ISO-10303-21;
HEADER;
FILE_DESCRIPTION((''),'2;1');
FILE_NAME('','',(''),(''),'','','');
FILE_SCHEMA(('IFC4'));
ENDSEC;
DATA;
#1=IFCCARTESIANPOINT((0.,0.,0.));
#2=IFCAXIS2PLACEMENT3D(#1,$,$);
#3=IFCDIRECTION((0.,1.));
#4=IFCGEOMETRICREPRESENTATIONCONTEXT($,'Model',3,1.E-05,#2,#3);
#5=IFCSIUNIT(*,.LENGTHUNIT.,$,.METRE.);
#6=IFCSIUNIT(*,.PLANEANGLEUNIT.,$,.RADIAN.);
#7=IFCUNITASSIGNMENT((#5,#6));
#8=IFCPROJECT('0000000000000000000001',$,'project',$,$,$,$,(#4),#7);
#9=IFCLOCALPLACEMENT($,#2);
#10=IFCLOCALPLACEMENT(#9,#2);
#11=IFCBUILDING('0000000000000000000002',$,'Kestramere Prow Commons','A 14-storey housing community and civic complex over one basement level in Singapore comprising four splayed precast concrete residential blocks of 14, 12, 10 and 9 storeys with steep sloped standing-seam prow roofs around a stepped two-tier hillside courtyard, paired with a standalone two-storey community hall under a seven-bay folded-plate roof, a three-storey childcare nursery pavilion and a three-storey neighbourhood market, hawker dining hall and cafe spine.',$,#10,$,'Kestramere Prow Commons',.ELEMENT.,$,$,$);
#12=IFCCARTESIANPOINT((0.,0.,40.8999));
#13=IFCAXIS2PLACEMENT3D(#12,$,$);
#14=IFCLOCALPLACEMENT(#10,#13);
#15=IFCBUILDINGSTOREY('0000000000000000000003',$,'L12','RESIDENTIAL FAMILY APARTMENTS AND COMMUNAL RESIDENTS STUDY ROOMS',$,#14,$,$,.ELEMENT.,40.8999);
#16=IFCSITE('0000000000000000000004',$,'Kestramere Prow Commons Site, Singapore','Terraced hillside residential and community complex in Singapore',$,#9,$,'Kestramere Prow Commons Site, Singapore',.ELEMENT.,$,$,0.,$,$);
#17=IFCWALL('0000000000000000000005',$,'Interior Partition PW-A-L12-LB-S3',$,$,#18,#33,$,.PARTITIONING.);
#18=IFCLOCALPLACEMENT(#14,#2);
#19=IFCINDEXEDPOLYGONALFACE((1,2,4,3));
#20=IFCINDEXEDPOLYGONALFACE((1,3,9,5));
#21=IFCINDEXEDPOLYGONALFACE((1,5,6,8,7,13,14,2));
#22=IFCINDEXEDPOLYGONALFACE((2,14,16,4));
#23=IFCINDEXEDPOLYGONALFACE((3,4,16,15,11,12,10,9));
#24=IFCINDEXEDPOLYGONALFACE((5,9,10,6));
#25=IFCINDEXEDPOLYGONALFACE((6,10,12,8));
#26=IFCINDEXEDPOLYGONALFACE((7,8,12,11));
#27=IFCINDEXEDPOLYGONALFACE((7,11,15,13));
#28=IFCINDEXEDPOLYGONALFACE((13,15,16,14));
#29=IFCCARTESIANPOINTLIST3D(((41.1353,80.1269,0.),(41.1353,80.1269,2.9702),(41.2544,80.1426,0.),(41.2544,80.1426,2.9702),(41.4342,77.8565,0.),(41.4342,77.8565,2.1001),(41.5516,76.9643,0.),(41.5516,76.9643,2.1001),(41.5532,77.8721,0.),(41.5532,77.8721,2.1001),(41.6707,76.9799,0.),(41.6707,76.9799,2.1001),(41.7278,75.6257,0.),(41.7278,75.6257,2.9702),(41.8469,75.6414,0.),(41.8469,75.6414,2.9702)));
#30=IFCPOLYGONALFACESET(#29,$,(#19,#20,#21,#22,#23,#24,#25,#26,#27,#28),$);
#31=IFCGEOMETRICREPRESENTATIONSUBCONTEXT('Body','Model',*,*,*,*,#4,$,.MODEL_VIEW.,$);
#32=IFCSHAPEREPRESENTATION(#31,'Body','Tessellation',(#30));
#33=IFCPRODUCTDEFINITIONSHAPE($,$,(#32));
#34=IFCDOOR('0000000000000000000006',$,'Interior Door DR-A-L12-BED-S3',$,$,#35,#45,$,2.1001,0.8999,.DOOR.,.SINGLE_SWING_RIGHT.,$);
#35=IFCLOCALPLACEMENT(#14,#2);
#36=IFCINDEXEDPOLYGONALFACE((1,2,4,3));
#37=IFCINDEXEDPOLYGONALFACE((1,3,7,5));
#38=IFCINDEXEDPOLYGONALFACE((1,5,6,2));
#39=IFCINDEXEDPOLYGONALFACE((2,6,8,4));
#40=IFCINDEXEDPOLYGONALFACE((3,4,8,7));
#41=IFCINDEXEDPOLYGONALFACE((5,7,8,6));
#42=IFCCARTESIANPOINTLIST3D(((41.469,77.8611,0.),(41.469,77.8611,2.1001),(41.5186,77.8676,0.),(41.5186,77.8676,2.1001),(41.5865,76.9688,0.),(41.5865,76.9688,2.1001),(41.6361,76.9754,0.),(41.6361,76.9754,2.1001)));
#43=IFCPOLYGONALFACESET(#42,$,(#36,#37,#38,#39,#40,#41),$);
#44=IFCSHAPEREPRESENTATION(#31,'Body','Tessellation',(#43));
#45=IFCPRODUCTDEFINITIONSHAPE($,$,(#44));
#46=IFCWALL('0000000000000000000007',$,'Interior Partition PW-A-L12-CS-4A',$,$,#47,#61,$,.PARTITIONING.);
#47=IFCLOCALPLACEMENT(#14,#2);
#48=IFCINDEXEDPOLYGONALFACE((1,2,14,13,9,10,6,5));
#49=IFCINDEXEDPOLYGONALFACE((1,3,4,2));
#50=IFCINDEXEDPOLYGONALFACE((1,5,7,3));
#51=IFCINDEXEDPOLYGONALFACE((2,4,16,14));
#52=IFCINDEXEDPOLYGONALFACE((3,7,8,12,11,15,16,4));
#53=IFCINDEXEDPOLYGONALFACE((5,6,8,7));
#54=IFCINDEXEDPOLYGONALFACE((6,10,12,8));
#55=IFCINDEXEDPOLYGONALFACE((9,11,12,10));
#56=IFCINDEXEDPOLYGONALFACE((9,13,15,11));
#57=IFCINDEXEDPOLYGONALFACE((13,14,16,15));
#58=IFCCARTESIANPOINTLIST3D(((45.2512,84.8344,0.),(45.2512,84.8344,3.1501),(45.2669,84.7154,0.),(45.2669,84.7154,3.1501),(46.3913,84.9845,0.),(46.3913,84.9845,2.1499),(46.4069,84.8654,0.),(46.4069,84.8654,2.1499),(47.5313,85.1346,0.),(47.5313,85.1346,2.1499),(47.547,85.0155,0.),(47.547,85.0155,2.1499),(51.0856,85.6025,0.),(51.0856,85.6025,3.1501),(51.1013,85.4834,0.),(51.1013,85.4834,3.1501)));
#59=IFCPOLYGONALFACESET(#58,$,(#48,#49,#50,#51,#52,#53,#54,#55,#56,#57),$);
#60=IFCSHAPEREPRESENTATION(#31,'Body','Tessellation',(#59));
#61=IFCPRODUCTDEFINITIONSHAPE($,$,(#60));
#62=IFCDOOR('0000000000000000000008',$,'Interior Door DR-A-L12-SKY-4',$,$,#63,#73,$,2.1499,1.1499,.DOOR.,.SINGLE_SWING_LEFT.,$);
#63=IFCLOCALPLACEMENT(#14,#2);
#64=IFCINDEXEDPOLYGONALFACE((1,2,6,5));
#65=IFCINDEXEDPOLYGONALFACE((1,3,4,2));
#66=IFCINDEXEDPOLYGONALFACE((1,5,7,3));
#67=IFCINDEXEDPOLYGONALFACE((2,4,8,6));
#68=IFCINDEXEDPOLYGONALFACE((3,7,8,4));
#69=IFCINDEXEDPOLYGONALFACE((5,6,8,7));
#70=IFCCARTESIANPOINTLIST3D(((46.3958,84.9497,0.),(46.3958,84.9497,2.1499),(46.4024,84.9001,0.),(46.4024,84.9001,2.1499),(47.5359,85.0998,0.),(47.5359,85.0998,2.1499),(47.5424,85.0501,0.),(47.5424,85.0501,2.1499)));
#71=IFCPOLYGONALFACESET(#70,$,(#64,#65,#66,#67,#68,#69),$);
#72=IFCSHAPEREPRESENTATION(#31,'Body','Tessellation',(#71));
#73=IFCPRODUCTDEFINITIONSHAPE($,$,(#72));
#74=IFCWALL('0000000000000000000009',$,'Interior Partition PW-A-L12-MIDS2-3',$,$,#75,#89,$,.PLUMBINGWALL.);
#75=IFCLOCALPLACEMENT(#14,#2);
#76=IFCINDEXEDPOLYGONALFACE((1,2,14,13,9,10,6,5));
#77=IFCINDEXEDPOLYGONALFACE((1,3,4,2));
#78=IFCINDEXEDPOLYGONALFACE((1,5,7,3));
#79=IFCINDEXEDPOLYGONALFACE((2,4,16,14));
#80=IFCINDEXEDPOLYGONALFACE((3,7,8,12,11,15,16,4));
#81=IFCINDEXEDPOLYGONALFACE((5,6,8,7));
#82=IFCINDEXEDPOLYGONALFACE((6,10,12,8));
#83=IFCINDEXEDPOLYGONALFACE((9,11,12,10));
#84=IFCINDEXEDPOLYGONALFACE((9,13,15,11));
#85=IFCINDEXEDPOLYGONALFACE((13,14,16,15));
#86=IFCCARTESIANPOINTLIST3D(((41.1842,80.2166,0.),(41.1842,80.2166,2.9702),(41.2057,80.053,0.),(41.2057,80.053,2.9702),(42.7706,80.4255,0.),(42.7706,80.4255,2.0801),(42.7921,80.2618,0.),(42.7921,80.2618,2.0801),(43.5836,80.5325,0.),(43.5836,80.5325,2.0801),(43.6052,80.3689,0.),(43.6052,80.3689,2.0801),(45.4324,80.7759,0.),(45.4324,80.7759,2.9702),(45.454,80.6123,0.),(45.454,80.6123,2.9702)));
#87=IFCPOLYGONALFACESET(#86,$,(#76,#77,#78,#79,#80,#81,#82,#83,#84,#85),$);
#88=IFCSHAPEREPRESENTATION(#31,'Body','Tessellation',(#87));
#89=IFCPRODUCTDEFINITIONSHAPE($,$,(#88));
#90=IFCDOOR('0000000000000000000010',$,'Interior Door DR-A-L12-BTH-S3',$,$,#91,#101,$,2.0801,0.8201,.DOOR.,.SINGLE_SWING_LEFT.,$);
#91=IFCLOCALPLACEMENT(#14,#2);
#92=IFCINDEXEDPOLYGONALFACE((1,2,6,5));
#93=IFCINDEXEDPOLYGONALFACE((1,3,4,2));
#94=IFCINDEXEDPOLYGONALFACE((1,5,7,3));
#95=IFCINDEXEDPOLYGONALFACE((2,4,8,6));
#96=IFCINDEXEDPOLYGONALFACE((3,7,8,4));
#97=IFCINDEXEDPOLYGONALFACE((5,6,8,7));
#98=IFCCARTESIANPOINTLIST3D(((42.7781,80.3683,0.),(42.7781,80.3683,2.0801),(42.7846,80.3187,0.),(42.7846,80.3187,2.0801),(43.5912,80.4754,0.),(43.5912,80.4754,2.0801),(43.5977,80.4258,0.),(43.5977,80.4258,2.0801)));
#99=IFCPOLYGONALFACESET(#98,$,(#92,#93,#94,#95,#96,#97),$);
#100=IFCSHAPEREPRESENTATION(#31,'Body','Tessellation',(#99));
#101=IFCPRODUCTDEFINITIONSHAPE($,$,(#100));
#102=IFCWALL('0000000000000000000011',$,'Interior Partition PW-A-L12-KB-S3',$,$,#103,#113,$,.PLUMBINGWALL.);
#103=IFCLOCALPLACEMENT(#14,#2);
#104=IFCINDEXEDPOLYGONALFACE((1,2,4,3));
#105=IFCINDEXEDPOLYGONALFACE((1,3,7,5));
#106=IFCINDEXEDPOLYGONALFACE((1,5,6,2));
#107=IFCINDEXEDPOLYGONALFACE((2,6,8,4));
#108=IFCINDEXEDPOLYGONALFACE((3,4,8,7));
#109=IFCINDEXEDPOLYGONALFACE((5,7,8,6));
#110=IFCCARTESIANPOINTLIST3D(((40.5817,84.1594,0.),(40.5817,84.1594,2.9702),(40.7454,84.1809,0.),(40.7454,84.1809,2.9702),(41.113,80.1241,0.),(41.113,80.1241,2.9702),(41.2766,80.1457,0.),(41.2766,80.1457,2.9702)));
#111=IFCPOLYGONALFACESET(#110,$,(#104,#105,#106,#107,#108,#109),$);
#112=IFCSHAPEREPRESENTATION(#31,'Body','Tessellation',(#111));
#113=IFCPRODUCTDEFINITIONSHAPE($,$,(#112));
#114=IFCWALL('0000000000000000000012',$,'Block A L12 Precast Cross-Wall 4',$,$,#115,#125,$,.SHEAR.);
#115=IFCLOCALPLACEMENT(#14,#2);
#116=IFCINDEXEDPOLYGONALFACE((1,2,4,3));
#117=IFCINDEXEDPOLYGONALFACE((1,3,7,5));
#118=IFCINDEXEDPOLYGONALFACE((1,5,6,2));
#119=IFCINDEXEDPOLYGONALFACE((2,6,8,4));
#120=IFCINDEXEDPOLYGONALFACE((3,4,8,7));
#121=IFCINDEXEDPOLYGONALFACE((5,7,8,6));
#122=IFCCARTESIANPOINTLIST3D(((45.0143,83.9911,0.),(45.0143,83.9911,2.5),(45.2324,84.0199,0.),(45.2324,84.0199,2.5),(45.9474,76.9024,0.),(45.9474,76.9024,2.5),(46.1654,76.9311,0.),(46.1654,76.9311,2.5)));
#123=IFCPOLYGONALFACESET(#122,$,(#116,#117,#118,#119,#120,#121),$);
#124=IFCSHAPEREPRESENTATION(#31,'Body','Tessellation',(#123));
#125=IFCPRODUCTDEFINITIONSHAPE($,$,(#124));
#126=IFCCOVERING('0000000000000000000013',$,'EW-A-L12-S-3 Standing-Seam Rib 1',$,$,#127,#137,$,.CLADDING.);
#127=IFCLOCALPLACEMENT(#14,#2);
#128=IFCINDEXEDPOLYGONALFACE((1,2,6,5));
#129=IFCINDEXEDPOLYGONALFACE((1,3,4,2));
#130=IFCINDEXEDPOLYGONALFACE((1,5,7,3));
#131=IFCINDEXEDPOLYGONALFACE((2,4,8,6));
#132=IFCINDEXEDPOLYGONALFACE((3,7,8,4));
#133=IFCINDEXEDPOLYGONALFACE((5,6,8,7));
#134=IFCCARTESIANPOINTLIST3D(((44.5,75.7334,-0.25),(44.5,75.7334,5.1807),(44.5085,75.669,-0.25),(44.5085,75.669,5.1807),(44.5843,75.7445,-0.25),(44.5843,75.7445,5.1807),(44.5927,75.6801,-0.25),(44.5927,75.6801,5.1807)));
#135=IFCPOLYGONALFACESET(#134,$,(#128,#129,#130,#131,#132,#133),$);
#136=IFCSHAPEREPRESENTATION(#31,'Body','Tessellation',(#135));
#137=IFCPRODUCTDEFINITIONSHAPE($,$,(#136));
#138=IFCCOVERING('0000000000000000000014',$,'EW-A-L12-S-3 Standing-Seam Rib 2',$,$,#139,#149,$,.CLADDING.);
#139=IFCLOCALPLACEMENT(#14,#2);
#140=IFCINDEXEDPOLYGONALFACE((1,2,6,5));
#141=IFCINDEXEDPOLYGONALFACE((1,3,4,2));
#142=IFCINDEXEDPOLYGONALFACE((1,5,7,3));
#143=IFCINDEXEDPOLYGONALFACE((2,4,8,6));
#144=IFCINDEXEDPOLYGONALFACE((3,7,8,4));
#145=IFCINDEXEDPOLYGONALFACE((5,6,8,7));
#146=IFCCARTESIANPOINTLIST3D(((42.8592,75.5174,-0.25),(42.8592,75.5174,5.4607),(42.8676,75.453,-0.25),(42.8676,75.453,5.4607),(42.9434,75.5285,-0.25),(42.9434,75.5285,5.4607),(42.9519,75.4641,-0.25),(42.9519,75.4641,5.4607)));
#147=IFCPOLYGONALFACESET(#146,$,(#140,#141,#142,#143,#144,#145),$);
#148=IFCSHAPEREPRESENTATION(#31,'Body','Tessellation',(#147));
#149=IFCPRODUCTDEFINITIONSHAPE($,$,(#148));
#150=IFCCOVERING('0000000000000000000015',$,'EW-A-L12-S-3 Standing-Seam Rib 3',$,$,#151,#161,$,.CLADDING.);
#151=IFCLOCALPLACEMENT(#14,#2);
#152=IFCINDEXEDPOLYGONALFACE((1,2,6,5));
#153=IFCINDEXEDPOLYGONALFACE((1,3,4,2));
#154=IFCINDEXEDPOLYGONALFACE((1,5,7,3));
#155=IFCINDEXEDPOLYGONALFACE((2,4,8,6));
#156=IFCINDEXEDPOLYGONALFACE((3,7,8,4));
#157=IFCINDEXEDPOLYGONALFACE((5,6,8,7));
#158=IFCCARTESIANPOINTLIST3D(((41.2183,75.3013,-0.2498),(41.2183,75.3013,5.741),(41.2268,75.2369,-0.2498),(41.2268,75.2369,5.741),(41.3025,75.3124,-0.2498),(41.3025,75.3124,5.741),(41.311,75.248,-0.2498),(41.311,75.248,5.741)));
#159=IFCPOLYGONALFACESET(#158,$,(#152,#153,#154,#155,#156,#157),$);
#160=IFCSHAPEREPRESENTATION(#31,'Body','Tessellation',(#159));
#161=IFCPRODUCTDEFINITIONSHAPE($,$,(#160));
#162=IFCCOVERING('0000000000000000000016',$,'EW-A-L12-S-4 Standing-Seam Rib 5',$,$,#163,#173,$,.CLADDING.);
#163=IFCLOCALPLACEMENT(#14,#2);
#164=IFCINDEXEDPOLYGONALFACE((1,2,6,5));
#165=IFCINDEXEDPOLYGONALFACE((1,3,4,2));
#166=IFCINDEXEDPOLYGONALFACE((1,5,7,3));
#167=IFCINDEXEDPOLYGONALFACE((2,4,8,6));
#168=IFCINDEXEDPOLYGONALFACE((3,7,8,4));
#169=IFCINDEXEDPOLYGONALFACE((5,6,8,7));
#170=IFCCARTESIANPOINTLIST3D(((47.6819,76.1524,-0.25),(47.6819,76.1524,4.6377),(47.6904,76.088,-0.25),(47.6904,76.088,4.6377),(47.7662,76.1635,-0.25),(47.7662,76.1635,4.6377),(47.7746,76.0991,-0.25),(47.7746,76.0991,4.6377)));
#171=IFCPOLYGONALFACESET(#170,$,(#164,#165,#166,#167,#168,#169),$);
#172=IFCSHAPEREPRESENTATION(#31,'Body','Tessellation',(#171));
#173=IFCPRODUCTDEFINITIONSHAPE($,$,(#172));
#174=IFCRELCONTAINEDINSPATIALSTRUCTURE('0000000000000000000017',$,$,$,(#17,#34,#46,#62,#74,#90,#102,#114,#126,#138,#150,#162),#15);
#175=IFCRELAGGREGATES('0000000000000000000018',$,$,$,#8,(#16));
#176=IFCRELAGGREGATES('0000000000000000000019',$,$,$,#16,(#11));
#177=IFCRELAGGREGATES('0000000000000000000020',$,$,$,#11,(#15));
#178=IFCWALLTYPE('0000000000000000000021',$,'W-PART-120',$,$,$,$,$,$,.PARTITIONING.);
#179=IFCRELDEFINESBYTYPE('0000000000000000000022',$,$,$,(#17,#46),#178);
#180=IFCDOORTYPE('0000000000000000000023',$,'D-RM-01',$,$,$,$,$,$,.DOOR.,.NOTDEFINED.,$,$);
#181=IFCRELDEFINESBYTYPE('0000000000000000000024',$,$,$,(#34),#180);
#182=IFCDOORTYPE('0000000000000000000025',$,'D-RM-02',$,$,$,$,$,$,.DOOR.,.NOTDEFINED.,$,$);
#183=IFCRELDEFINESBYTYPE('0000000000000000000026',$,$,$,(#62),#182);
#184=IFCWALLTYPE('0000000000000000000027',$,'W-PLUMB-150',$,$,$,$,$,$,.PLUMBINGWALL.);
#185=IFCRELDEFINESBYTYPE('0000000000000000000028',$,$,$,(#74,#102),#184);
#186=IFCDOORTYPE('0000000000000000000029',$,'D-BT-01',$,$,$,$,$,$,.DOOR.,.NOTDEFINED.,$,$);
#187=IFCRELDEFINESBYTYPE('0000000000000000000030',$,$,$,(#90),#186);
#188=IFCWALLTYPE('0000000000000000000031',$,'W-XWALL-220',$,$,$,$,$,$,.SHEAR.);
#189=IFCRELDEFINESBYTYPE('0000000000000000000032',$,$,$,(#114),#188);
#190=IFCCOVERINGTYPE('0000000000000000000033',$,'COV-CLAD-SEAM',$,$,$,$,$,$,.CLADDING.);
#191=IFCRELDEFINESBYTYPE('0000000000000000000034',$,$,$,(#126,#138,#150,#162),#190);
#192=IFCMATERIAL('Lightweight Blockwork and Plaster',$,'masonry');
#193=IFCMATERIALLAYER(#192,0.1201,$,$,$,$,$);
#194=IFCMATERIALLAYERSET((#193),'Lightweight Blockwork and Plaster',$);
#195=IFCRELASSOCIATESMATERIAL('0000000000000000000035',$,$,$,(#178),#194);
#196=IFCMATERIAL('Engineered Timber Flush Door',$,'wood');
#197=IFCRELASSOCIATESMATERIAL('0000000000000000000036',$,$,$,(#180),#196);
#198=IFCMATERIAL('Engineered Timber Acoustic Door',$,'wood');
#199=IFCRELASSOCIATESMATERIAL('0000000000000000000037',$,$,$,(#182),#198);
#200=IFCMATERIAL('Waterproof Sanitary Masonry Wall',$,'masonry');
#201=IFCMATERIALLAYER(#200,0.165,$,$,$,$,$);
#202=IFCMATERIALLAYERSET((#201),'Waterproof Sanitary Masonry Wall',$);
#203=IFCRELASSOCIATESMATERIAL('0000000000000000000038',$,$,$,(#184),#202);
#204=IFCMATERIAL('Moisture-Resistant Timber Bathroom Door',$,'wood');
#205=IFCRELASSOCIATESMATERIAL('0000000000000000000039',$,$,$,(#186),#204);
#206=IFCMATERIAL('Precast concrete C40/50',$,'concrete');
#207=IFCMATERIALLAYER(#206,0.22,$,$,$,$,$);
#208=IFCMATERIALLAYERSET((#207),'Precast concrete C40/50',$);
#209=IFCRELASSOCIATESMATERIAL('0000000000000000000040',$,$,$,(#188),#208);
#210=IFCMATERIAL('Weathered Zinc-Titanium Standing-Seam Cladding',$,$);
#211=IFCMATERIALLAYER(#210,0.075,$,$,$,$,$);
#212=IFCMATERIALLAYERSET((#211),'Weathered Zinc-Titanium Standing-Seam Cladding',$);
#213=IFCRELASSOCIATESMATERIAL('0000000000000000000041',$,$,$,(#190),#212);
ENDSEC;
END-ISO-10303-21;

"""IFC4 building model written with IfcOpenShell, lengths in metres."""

from ifc_helpers import new_model, si_unit, direction, frame, frame_2d, origin, origin_2d, place, context, subcontext, project, spatial, rectangle, extrude, material, layer, layer_set, type_object, element, fill, save


model = new_model("IFC4")

# Units and contexts
model_context = context("Model", 3, precision=1e-05, world=origin(), true_north=direction((0.0, 1.0)))
body_context = subcontext(model_context, "Body", "Model", "MODEL_VIEW")
ifc_project = project(units=[si_unit("LENGTHUNIT", "METRE"), si_unit("PLANEANGLEUNIT", "RADIAN")], contexts=[model_context])

# Site, building, storey
site_placement = place(None, origin())
site = spatial("IfcSite", under=ifc_project, at=site_placement, Name="Kestramere Prow Commons Site, Singapore", Description="Terraced hillside residential and community complex in Singapore", LongName="Kestramere Prow Commons Site, Singapore", CompositionType="ELEMENT", RefElevation=0.0)
building_placement = place(site_placement, origin())
building = spatial("IfcBuilding", under=site, at=building_placement, Name="Kestramere Prow Commons", Description="A 14-storey housing community and civic complex over one basement level in Singapore comprising four splayed precast concrete residential blocks of 14, 12, 10 and 9 storeys with steep sloped standing-seam prow roofs around a stepped two-tier hillside courtyard, paired with a standalone two-storey community hall under a seven-bay folded-plate roof, a three-storey childcare nursery pavilion and a three-storey neighbourhood market, hawker dining hall and cafe spine.", LongName="Kestramere Prow Commons", CompositionType="ELEMENT")
storey_placement = place(building_placement, frame((0.0, 0.0, 40.8999)))
storey = spatial("IfcBuildingStorey", under=building, at=storey_placement, Name="L12", Description="RESIDENTIAL FAMILY APARTMENTS AND COMMUNAL RESIDENTS STUDY ROOMS", CompositionType="ELEMENT", Elevation=40.8999)

# Shared definitions
ifc_material_1 = material(Name="Precast concrete C40/50", Category="concrete")

# Walls, openings, doors
ifc_material_2 = material(Name="Lightweight Blockwork and Plaster", Category="masonry")
ifc_layer_1 = layer(ifc_material_2, 0.1201)
ifc_layer_set_1 = layer_set([ifc_layer_1], Name="Lightweight Blockwork and Plaster")
wall_type_1 = type_object("IfcWallType", Name="W-PART-120", PredefinedType="PARTITIONING", material=ifc_layer_set_1)
wall_1_placement = place(storey_placement, frame((41.7874, 75.6335, 0.0), z_axis=(0.0, 0.0, 1.0), x_axis=(-0.130512, 0.991447, 0.0)))
wall_1 = element("IfcWall", 1, at=wall_1_placement, inside=storey, type_object=wall_type_1, Name="Interior Partition PW-A-L12-LB-S3", PredefinedType="PARTITIONING", context=body_context, shape_type="SweptSolid", body=[
    extrude(rectangle(XDim=4.54, YDim=0.1201, at=frame_2d((2.27, 0.0))), origin(), (0.0, 0.0, 1.0), 2.9702),
])
opening_1_placement = place(wall_1_placement, frame((1.3501, 0.0, 0.0)))
opening_1 = element("IfcOpeningElement", 2, at=opening_1_placement, cuts=wall_1, PredefinedType="OPENING", context=body_context, shape_type="SweptSolid", body=[
    extrude(rectangle(XDim=0.8999, YDim=2.1001, at=frame_2d((0.45, 1.05))), frame((0.0, 0.075, 0.0), z_axis=(0.0, -1.0, 0.0), x_axis=(1.0, 0.0, 0.0)), (0.0, 0.0, 1.0), 0.1501),
])
ifc_material_3 = material(Name="Engineered Timber Flush Door", Category="wood")
door_type_1 = type_object("IfcDoorType", Name="D-RM-01", OperationType="NOTDEFINED", PredefinedType="DOOR", material=ifc_material_3)
door_1_placement = place(opening_1_placement, origin())
door_1 = element("IfcDoor", 3, at=door_1_placement, inside=storey, type_object=door_type_1, Name="Interior Door DR-A-L12-BED-S3", OperationType="SINGLE_SWING_RIGHT", OverallHeight=2.1001, OverallWidth=0.8999, PredefinedType="DOOR", context=body_context, shape_type="SweptSolid", body=[
    extrude(rectangle(XDim=0.8999, YDim=2.1001, at=frame_2d((0.45, 1.05))), frame((0.0, 0.0249, 0.0), z_axis=(0.0, -1.0, 0.0), x_axis=(1.0, 0.0, 0.0)), (0.0, 0.0, 1.0), 0.05),
])
fill(opening_1, door_1)
wall_2_placement = place(storey_placement, frame((45.259, 84.7749, 0.0), z_axis=(0.0, 0.0, 1.0), x_axis=(0.991446, 0.130517, 0.0)))
wall_2 = element("IfcWall", 4, at=wall_2_placement, inside=storey, type_object=wall_type_1, Name="Interior Partition PW-A-L12-CS-4A", PredefinedType="PARTITIONING", context=body_context, shape_type="SweptSolid", body=[
    extrude(rectangle(XDim=5.8848, YDim=0.1201, at=frame_2d((2.9424, 0.0))), origin(), (0.0, 0.0, 1.0), 3.1501),
])
opening_2_placement = place(wall_2_placement, frame((1.1499, 0.0, 0.0)))
opening_2 = element("IfcOpeningElement", 5, at=opening_2_placement, cuts=wall_2, PredefinedType="OPENING", context=body_context, shape_type="SweptSolid", body=[
    extrude(rectangle(XDim=1.1499, YDim=2.1499, at=frame_2d((0.575, 1.075))), frame((0.0, 0.075, 0.0), z_axis=(0.0, -1.0, 0.0), x_axis=(1.0, 0.0, 0.0)), (0.0, 0.0, 1.0), 0.1501),
])
ifc_material_4 = material(Name="Engineered Timber Acoustic Door", Category="wood")
door_type_2 = type_object("IfcDoorType", Name="D-RM-02", OperationType="NOTDEFINED", PredefinedType="DOOR", material=ifc_material_4)
door_2_placement = place(opening_2_placement, origin())
door_2 = element("IfcDoor", 6, at=door_2_placement, inside=storey, type_object=door_type_2, Name="Interior Door DR-A-L12-SKY-4", OperationType="SINGLE_SWING_LEFT", OverallHeight=2.1499, OverallWidth=1.1499, PredefinedType="DOOR", context=body_context, shape_type="SweptSolid", body=[
    extrude(rectangle(XDim=1.1499, YDim=2.1499, at=frame_2d((0.575, 1.075))), frame((0.0, 0.0249, 0.0), z_axis=(0.0, -1.0, 0.0), x_axis=(1.0, 0.0, 0.0)), (0.0, 0.0, 1.0), 0.05),
])
fill(opening_2, door_2)
ifc_material_5 = material(Name="Waterproof Sanitary Masonry Wall", Category="masonry")
ifc_layer_2 = layer(ifc_material_5, 0.165)
ifc_layer_set_2 = layer_set([ifc_layer_2], Name="Waterproof Sanitary Masonry Wall")
wall_type_2 = type_object("IfcWallType", Name="W-PLUMB-150", PredefinedType="PLUMBINGWALL", material=ifc_layer_set_2)
wall_3_placement = place(storey_placement, frame((41.1948, 80.1348, 0.0), z_axis=(0.0, 0.0, 1.0), x_axis=(0.991444, 0.130533, 0.0)))
wall_3 = element("IfcWall", 7, at=wall_3_placement, inside=storey, type_object=wall_type_2, Name="Interior Partition PW-A-L12-MIDS2-3", PredefinedType="PLUMBINGWALL", context=body_context, shape_type="SweptSolid", body=[
    extrude(rectangle(XDim=4.2849, YDim=0.165, at=frame_2d((2.1426, 0.0))), origin(), (0.0, 0.0, 1.0), 2.9702),
])
opening_3_placement = place(wall_3_placement, frame((1.6001, 0.0, 0.0)))
opening_3 = element("IfcOpeningElement", 8, at=opening_3_placement, cuts=wall_3, PredefinedType="OPENING", context=body_context, shape_type="SweptSolid", body=[
    extrude(rectangle(XDim=0.8201, YDim=2.0801, at=frame_2d((0.4102, 1.04))), frame((0.0, 0.0974, 0.0), z_axis=(0.0, -1.0, 0.0), x_axis=(1.0, 0.0, 0.0)), (0.0, 0.0, 1.0), 0.1951),
])
ifc_material_6 = material(Name="Moisture-Resistant Timber Bathroom Door", Category="wood")
door_type_3 = type_object("IfcDoorType", Name="D-BT-01", OperationType="NOTDEFINED", PredefinedType="DOOR", material=ifc_material_6)
door_3_placement = place(opening_3_placement, origin())
door_3 = element("IfcDoor", 9, at=door_3_placement, inside=storey, type_object=door_type_3, Name="Interior Door DR-A-L12-BTH-S3", OperationType="SINGLE_SWING_LEFT", OverallHeight=2.0801, OverallWidth=0.8201, PredefinedType="DOOR", context=body_context, shape_type="SweptSolid", body=[
    extrude(rectangle(XDim=0.8201, YDim=2.0801, at=frame_2d((0.4102, 1.04))), frame((0.0, 0.0249, 0.0), z_axis=(0.0, -1.0, 0.0), x_axis=(1.0, 0.0, 0.0)), (0.0, 0.0, 1.0), 0.05),
])
fill(opening_3, door_3)

# Walls
wall_4_placement = place(storey_placement, frame((41.1948, 80.1348, 0.0), z_axis=(0.0, 0.0, 1.0), x_axis=(-0.130529, 0.991444, 0.0)))
element("IfcWall", 10, at=wall_4_placement, inside=storey, type_object=wall_type_2, Name="Interior Partition PW-A-L12-KB-S3", PredefinedType="PLUMBINGWALL", context=body_context, shape_type="SweptSolid", body=[
    extrude(rectangle(XDim=4.0701, YDim=0.165, at=frame_2d((2.0352, 0.0))), origin(), (0.0, 0.0, 1.0), 2.9702),
])
ifc_layer_3 = layer(ifc_material_1, 0.22)
ifc_layer_set_3 = layer_set([ifc_layer_3], Name="Precast concrete C40/50")
wall_type_3 = type_object("IfcWallType", Name="W-XWALL-220", PredefinedType="SHEAR", material=ifc_layer_set_3)
wall_5_placement = place(storey_placement, frame((46.0564, 76.9167, 0.0), z_axis=(0.0, 0.0, 1.0), x_axis=(-0.130504, 0.991448, 0.0)))
element("IfcWall", 11, at=wall_5_placement, inside=storey, type_object=wall_type_3, Name="Block A L12 Precast Cross-Wall 4", PredefinedType="SHEAR", context=body_context, shape_type="SweptSolid", body=[
    extrude(rectangle(XDim=7.1499, YDim=0.22, at=frame_2d((3.575, 0.0))), origin(), (0.0, 0.0, 1.0), 2.5),
])

# Coverings
ifc_material_7 = material(Name="Weathered Zinc-Titanium Standing-Seam Cladding")
ifc_layer_4 = layer(ifc_material_7, 0.075)
ifc_layer_set_4 = layer_set([ifc_layer_4], Name="Weathered Zinc-Titanium Standing-Seam Cladding")
covering_type = type_object("IfcCoveringType", Name="COV-CLAD-SEAM", PredefinedType="CLADDING", material=ifc_layer_set_4)
covering_1_placement = place(storey_placement, frame((44.5464, 75.7068, -0.25), z_axis=(0.0, 0.0, 1.0), x_axis=(-0.991445, -0.130526, 0.0)))
element("IfcCovering", 12, at=covering_1_placement, inside=storey, type_object=covering_type, Name="EW-A-L12-S-3 Standing-Seam Rib 1", PredefinedType="CLADDING", context=body_context, shape_type="SweptSolid", body=[
    extrude(rectangle(XDim=0.085, YDim=0.0649, at=origin_2d()), origin(), (0.0, 0.0, 1.0), 5.4307),
])
covering_2_placement = place(storey_placement, frame((42.9055, 75.4907, -0.25), z_axis=(0.0, 0.0, 1.0), x_axis=(-0.991445, -0.130526, 0.0)))
element("IfcCovering", 13, at=covering_2_placement, inside=storey, type_object=covering_type, Name="EW-A-L12-S-3 Standing-Seam Rib 2", PredefinedType="CLADDING", context=body_context, shape_type="SweptSolid", body=[
    extrude(rectangle(XDim=0.085, YDim=0.0649, at=origin_2d()), origin(), (0.0, 0.0, 1.0), 5.7107),
])
covering_3_placement = place(storey_placement, frame((41.2646, 75.2747, -0.2498), z_axis=(0.0, 0.0, 1.0), x_axis=(-0.991445, -0.130526, 0.0)))
element("IfcCovering", 14, at=covering_3_placement, inside=storey, type_object=covering_type, Name="EW-A-L12-S-3 Standing-Seam Rib 3", PredefinedType="CLADDING", context=body_context, shape_type="SweptSolid", body=[
    extrude(rectangle(XDim=0.085, YDim=0.0649, at=origin_2d()), origin(), (0.0, 0.0, 1.0), 5.9907),
])
covering_4_placement = place(storey_placement, frame((47.7283, 76.1257, -0.25), z_axis=(0.0, 0.0, 1.0), x_axis=(-0.991445, -0.130526, 0.0)))
element("IfcCovering", 15, at=covering_4_placement, inside=storey, type_object=covering_type, Name="EW-A-L12-S-4 Standing-Seam Rib 5", PredefinedType="CLADDING", context=body_context, shape_type="SweptSolid", body=[
    extrude(rectangle(XDim=0.085, YDim=0.0649, at=origin_2d()), origin(), (0.0, 0.0, 1.0), 4.8877),
])

save(model, "model.ifc")
